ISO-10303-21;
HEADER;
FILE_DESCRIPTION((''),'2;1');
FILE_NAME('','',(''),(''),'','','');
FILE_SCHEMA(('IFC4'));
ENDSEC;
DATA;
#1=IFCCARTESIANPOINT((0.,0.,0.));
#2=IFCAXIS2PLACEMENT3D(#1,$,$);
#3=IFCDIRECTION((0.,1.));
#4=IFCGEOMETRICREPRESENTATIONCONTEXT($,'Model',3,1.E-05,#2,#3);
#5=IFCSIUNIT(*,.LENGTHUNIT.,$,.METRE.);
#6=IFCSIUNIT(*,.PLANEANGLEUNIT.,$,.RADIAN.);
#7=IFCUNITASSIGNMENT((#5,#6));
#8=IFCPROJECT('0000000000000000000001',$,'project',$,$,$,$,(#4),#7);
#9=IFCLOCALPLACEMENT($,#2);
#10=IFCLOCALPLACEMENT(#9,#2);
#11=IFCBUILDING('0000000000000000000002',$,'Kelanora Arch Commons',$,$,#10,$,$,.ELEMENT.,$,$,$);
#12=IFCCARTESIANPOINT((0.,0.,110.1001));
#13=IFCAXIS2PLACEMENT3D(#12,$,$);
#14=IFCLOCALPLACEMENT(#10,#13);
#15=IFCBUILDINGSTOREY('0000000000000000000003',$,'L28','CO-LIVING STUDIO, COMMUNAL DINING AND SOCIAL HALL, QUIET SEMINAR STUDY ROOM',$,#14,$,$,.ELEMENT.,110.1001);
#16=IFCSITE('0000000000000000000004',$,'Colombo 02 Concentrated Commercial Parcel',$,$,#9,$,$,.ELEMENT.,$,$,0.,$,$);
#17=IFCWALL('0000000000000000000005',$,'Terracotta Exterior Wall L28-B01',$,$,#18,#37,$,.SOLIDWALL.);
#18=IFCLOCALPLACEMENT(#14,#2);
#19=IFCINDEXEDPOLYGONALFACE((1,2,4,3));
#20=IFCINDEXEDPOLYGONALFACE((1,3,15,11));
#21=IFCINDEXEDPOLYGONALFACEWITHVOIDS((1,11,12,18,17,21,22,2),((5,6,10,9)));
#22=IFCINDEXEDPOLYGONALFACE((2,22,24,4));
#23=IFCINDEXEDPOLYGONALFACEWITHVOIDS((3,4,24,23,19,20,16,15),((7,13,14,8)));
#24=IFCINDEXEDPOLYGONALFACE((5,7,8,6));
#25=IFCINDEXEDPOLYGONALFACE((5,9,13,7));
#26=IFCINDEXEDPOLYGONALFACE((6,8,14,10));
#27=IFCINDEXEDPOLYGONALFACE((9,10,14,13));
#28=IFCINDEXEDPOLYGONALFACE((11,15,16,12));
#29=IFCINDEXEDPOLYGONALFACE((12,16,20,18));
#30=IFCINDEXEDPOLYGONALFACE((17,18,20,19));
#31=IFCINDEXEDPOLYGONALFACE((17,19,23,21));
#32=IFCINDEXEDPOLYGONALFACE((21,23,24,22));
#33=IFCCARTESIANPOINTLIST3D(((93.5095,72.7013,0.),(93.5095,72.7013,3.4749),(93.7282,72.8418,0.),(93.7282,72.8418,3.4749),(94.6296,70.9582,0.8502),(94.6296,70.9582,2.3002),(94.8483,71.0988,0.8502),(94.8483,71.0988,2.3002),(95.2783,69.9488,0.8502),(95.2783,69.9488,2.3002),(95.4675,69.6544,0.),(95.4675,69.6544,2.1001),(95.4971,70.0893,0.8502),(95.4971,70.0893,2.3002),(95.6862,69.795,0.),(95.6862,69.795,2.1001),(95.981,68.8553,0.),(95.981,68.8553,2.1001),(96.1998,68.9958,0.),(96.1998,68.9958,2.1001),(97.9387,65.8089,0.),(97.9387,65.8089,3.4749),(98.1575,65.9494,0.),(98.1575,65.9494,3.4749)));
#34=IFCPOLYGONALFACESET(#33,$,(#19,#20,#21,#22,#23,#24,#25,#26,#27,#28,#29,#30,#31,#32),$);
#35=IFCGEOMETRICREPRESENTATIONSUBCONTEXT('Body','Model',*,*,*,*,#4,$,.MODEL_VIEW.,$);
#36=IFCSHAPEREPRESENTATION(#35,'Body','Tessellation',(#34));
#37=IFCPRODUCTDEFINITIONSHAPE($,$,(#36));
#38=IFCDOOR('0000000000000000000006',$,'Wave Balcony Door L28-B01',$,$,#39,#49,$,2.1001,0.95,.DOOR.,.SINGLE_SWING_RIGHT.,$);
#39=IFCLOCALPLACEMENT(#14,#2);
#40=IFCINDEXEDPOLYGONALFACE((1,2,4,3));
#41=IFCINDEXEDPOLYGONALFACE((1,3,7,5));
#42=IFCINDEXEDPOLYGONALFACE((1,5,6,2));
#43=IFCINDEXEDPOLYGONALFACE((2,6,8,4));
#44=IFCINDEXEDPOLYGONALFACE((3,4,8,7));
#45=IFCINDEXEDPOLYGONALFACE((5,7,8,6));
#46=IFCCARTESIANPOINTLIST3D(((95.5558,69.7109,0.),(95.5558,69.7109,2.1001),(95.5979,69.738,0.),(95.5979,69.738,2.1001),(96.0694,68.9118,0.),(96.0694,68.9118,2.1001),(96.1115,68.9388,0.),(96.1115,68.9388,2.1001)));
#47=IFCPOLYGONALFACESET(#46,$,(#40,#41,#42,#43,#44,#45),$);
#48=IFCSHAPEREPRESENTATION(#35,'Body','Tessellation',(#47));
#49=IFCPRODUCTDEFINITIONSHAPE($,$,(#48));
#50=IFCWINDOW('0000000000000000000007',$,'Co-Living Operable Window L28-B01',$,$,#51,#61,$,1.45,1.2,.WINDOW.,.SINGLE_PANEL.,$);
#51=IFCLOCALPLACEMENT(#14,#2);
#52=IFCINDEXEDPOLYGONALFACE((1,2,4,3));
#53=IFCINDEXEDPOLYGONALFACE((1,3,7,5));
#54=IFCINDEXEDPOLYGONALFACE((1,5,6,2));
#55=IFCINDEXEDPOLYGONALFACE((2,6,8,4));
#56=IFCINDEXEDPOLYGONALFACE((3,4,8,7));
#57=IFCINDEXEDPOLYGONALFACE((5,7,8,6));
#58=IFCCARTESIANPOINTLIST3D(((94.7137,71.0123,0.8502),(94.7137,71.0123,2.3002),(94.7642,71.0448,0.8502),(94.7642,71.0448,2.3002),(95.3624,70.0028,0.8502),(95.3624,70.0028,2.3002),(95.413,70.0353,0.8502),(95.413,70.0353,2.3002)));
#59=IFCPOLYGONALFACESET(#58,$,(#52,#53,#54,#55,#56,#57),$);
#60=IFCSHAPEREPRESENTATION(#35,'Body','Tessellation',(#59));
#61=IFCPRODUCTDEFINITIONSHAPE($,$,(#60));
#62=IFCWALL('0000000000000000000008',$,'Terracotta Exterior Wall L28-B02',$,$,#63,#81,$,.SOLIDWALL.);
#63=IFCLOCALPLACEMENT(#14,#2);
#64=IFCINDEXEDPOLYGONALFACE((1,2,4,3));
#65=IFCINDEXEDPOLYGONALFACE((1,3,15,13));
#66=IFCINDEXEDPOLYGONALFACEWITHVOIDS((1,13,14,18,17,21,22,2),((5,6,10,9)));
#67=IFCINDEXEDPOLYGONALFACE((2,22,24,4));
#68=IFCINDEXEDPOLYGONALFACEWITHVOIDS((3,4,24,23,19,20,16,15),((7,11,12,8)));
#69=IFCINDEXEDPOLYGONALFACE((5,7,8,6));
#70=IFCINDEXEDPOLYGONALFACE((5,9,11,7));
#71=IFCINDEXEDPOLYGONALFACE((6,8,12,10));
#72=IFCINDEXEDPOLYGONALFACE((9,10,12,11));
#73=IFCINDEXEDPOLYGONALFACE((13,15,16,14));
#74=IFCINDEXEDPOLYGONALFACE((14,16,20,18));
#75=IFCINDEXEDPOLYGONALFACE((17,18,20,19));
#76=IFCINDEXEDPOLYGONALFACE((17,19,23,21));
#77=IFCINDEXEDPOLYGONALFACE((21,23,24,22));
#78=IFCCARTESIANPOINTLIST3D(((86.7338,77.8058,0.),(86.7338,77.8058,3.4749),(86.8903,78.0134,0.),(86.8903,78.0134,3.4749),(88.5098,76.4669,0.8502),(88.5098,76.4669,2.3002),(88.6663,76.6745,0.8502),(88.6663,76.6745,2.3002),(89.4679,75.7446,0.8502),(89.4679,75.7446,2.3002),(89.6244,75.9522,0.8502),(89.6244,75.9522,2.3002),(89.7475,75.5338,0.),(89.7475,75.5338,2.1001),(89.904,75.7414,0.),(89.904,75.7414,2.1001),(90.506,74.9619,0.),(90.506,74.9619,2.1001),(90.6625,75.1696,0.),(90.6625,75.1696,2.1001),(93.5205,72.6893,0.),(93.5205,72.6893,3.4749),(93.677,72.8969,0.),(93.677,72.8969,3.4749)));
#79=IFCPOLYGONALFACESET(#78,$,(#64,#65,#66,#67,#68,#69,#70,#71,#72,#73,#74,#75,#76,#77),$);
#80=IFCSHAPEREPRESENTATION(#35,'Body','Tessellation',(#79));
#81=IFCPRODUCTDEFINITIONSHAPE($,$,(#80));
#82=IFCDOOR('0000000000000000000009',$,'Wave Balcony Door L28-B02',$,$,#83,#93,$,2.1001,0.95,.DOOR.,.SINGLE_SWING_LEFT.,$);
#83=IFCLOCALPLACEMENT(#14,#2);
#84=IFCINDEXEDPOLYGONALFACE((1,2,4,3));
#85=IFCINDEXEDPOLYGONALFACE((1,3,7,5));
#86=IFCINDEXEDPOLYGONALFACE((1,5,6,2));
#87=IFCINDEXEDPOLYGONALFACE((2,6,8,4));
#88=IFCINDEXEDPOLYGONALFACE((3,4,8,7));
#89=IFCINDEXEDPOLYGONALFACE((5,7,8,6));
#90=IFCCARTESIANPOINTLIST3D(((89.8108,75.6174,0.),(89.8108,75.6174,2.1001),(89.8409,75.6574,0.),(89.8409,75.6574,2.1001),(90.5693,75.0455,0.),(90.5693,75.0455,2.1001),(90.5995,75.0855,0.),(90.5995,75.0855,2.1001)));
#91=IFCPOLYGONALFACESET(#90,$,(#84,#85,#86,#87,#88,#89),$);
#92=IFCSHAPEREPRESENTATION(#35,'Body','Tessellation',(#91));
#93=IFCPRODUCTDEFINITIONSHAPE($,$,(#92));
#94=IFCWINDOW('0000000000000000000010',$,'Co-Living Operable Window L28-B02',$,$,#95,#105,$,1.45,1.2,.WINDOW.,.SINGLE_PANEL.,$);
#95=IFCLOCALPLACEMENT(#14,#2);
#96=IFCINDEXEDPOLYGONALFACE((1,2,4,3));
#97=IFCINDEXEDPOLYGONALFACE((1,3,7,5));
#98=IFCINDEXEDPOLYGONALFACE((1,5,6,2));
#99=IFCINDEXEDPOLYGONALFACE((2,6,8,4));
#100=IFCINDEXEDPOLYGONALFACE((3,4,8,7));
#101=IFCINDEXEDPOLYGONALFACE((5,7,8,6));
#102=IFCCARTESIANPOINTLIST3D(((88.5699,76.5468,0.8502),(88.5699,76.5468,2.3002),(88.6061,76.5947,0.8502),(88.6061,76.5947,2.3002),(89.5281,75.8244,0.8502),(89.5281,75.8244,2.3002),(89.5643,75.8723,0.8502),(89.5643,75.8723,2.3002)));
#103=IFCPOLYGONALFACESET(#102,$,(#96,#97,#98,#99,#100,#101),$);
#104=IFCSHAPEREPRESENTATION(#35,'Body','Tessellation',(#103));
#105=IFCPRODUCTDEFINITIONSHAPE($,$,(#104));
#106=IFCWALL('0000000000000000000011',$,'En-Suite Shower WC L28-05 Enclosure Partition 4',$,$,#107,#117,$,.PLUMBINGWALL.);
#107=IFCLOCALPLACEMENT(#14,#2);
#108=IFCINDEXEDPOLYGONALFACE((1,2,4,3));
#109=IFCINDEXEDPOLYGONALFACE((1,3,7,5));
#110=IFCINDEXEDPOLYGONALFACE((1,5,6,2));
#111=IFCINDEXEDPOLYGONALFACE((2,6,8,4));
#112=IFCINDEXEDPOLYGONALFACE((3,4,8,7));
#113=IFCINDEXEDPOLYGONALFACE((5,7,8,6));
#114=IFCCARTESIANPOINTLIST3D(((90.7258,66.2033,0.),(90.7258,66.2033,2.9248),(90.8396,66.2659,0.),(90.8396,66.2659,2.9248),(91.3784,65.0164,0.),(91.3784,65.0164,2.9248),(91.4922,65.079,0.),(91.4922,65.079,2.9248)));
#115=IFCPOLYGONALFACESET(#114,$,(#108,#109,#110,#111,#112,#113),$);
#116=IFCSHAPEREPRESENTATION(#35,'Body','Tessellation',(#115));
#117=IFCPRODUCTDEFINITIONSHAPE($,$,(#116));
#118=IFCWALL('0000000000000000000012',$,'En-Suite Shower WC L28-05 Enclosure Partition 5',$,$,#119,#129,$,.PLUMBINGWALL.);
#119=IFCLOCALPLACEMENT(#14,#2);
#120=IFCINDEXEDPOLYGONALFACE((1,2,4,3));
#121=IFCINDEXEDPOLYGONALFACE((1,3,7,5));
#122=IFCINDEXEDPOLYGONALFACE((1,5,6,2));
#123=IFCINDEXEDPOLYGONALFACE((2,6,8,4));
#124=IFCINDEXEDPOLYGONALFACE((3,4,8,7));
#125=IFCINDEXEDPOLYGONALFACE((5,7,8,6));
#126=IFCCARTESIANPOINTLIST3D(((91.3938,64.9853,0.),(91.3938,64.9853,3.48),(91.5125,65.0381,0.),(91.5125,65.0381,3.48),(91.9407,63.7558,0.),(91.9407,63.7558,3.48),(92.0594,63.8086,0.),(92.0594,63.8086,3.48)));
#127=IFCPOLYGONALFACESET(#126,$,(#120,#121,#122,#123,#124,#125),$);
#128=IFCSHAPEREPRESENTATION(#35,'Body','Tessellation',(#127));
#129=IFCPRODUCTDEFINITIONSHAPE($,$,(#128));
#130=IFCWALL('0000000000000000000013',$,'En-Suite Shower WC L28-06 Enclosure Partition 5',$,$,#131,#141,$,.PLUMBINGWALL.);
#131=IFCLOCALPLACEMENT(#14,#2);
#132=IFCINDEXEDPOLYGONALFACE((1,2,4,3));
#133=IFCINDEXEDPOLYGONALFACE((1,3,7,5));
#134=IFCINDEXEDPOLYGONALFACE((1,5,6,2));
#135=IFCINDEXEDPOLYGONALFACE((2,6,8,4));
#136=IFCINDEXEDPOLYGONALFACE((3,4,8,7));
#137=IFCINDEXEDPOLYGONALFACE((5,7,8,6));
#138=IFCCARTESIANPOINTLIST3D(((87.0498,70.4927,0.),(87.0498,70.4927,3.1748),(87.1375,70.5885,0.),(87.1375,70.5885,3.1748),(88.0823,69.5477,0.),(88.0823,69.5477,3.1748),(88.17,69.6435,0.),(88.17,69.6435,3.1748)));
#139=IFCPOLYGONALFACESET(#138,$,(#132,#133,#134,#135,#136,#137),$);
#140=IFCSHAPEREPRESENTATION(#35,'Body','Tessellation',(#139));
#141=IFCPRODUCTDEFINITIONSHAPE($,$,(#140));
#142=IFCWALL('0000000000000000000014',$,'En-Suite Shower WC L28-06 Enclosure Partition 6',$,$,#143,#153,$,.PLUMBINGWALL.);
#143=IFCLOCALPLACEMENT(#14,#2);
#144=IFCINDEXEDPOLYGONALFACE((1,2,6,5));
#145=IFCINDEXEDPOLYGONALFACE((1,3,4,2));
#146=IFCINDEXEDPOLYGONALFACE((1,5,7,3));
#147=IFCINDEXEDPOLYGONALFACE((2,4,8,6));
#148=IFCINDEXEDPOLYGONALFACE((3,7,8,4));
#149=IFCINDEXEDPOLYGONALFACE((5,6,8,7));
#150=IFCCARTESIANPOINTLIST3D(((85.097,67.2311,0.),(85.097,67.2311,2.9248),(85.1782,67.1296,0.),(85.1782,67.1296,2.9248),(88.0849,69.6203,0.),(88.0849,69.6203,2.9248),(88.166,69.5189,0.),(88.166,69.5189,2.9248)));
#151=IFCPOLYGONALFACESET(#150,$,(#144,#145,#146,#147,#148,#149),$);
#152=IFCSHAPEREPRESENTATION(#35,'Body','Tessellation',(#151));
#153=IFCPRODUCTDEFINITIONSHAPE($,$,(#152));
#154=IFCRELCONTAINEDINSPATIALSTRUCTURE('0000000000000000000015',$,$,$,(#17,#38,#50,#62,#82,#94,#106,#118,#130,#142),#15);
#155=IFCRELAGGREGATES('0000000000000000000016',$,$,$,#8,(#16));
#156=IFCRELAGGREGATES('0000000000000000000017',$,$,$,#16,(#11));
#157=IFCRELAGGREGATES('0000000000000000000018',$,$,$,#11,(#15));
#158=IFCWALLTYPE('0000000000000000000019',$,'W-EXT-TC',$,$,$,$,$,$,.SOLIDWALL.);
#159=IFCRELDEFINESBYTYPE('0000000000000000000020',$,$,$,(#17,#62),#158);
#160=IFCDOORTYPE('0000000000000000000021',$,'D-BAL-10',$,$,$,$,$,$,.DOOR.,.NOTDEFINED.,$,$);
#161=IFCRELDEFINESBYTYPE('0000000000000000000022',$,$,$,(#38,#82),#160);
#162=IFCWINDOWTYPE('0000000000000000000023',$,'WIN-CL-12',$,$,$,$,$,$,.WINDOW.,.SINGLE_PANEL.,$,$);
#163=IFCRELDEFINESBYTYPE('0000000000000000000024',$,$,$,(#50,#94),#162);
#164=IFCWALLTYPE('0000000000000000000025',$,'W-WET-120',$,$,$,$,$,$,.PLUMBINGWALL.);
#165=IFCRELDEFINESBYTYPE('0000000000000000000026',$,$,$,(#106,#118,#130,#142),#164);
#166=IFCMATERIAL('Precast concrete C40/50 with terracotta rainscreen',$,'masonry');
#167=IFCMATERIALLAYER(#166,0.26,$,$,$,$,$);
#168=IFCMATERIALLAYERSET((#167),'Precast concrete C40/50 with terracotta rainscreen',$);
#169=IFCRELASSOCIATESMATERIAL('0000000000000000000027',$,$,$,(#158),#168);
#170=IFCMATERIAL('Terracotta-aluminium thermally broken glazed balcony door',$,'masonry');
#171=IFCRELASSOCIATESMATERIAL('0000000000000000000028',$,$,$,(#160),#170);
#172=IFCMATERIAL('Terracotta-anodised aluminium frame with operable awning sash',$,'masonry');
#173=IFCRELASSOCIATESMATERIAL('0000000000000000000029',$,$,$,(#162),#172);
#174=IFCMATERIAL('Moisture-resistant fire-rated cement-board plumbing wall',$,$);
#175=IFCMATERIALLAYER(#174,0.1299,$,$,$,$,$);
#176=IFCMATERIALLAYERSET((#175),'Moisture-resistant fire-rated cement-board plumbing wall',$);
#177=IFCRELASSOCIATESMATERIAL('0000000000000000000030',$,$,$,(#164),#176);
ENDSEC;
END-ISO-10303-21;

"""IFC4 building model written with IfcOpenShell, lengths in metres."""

from ifc_helpers import new_model, si_unit, direction, frame, frame_2d, origin, place, context, subcontext, project, spatial, rectangle, extrude, material, layer, layer_set, type_object, element, fill, save


model = new_model("IFC4")

# Units and contexts
model_context = context("Model", 3, precision=1e-05, world=origin(), true_north=direction((0.0, 1.0)))
body_context = subcontext(model_context, "Body", "Model", "MODEL_VIEW")
ifc_project = project(units=[si_unit("LENGTHUNIT", "METRE"), si_unit("PLANEANGLEUNIT", "RADIAN")], contexts=[model_context])

# Site, building, storey
site_placement = place(None, origin())
site = spatial("IfcSite", under=ifc_project, at=site_placement, Name="Colombo 02 Concentrated Commercial Parcel", CompositionType="ELEMENT", RefElevation=0.0)
building_placement = place(site_placement, origin())
building = spatial("IfcBuilding", under=site, at=building_placement, Name="Kelanora Arch Commons", CompositionType="ELEMENT")
storey_placement = place(building_placement, frame((0.0, 0.0, 110.1001)))
storey = spatial("IfcBuildingStorey", under=building, at=storey_placement, Name="L28", Description="CO-LIVING STUDIO, COMMUNAL DINING AND SOCIAL HALL, QUIET SEMINAR STUDY ROOM", CompositionType="ELEMENT", Elevation=110.1001)

# Walls, openings, doors, windows
ifc_material_1 = material(Name="Precast concrete C40/50 with terracotta rainscreen", Category="masonry")
ifc_layer_1 = layer(ifc_material_1, 0.26)
ifc_layer_set_1 = layer_set([ifc_layer_1], Name="Precast concrete C40/50 with terracotta rainscreen")
wall_type_1 = type_object("IfcWallType", Name="W-EXT-TC", PredefinedType="SOLIDWALL", material=ifc_layer_set_1)
wall_1_placement = place(storey_placement, frame((98.0481, 65.8792, 0.0), z_axis=(0.0, 0.0, 1.0), x_axis=(-0.540621, 0.841267, 0.0)))
wall_1 = element("IfcWall", 1, at=wall_1_placement, inside=storey, type_object=wall_type_1, Name="Terracotta Exterior Wall L28-B01", PredefinedType="SOLIDWALL", context=body_context, shape_type="SweptSolid", body=[
    extrude(rectangle(XDim=8.1929, YDim=0.26, at=frame_2d((4.0964, 0.0))), origin(), (0.0, 0.0, 1.0), 3.4749),
])
opening_1_placement = place(wall_1_placement, frame((3.6211, 0.0, 0.0)))
opening_1 = element("IfcOpeningElement", 2, at=opening_1_placement, cuts=wall_1, PredefinedType="OPENING", context=body_context, shape_type="SweptSolid", body=[
    extrude(rectangle(XDim=0.95, YDim=2.1001, at=frame_2d((0.4751, 1.05))), frame((0.0, 0.1401, 0.0), z_axis=(0.0, -1.0, 0.0), x_axis=(1.0, 0.0, 0.0)), (0.0, 0.0, 1.0), 0.28),
])
opening_2_placement = place(wall_1_placement, frame((4.9209, 0.0, 0.8501)))
opening_2 = element("IfcOpeningElement", 3, at=opening_2_placement, cuts=wall_1, PredefinedType="OPENING", context=body_context, shape_type="SweptSolid", body=[
    extrude(rectangle(XDim=1.2, YDim=1.45, at=frame_2d((0.6001, 0.7251))), frame((0.0, 0.1401, 0.0), z_axis=(0.0, -1.0, 0.0), x_axis=(1.0, 0.0, 0.0)), (0.0, 0.0, 1.0), 0.28),
])
ifc_material_2 = material(Name="Terracotta-aluminium thermally broken glazed balcony door", Category="masonry")
door_type_1 = type_object("IfcDoorType", Name="D-BAL-10", OperationType="NOTDEFINED", PredefinedType="DOOR", material=ifc_material_2)
door_1_placement = place(opening_1_placement, frame((0.95, 0.0, 0.0), z_axis=(0.0, 0.0, 1.0), x_axis=(-1.0, 0.0, 0.0)))
door_1 = element("IfcDoor", 4, at=door_1_placement, inside=storey, type_object=door_type_1, Name="Wave Balcony Door L28-B01", OperationType="SINGLE_SWING_RIGHT", OverallHeight=2.1001, OverallWidth=0.95, PredefinedType="DOOR", context=body_context, shape_type="SweptSolid", body=[
    extrude(rectangle(XDim=0.95, YDim=2.1001, at=frame_2d((0.4751, 1.05))), frame((0.0, 0.0249, 0.0), z_axis=(0.0, -1.0, 0.0), x_axis=(1.0, 0.0, 0.0)), (0.0, 0.0, 1.0), 0.05),
])
fill(opening_1, door_1)
ifc_material_3 = material(Name="Terracotta-anodised aluminium frame with operable awning sash", Category="masonry")
window_type = type_object("IfcWindowType", Name="WIN-CL-12", PartitioningType="SINGLE_PANEL", PredefinedType="WINDOW", material=ifc_material_3)
window_1_placement = place(opening_2_placement, origin())
window_1 = element("IfcWindow", 5, at=window_1_placement, inside=storey, type_object=window_type, Name="Co-Living Operable Window L28-B01", OverallHeight=1.45, OverallWidth=1.2, PartitioningType="SINGLE_PANEL", PredefinedType="WINDOW", context=body_context, shape_type="SweptSolid", body=[
    extrude(rectangle(XDim=1.2, YDim=1.45, at=frame_2d((0.6001, 0.7251))), frame((0.0, 0.03, 0.0), z_axis=(0.0, -1.0, 0.0), x_axis=(1.0, 0.0, 0.0)), (0.0, 0.0, 1.0), 0.0601),
])
fill(opening_2, window_1)
wall_2_placement = place(storey_placement, frame((93.5986, 72.7932, 0.0), z_axis=(0.0, 0.0, 1.0), x_axis=(-0.798502, 0.601993, 0.0)))
wall_2 = element("IfcWall", 6, at=wall_2_placement, inside=storey, type_object=wall_type_1, Name="Terracotta Exterior Wall L28-B02", PredefinedType="SOLIDWALL", context=body_context, shape_type="SweptSolid", body=[
    extrude(rectangle(XDim=8.4993, YDim=0.26, at=frame_2d((4.2495, 0.0))), origin(), (0.0, 0.0, 1.0), 3.4749),
])
opening_3_placement = place(wall_2_placement, frame((3.7749, 0.0, 0.0)))
opening_3 = element("IfcOpeningElement", 7, at=opening_3_placement, cuts=wall_2, PredefinedType="OPENING", context=body_context, shape_type="SweptSolid", body=[
    extrude(rectangle(XDim=0.95, YDim=2.1001, at=frame_2d((0.4751, 1.05))), frame((0.0, 0.1401, 0.0), z_axis=(0.0, -1.0, 0.0), x_axis=(1.0, 0.0, 0.0)), (0.0, 0.0, 1.0), 0.28),
])
opening_4_placement = place(wall_2_placement, frame((5.075, 0.0, 0.8501)))
opening_4 = element("IfcOpeningElement", 8, at=opening_4_placement, cuts=wall_2, PredefinedType="OPENING", context=body_context, shape_type="SweptSolid", body=[
    extrude(rectangle(XDim=1.2, YDim=1.45, at=frame_2d((0.6001, 0.7251))), frame((0.0, 0.1401, 0.0), z_axis=(0.0, -1.0, 0.0), x_axis=(1.0, 0.0, 0.0)), (0.0, 0.0, 1.0), 0.28),
])
door_2_placement = place(opening_3_placement, frame((0.95, 0.0, 0.0), z_axis=(0.0, 0.0, 1.0), x_axis=(-1.0, 0.0, 0.0)))
door_2 = element("IfcDoor", 9, at=door_2_placement, inside=storey, type_object=door_type_1, Name="Wave Balcony Door L28-B02", OperationType="SINGLE_SWING_LEFT", OverallHeight=2.1001, OverallWidth=0.95, PredefinedType="DOOR", context=body_context, shape_type="SweptSolid", body=[
    extrude(rectangle(XDim=0.95, YDim=2.1001, at=frame_2d((0.4751, 1.05))), frame((0.0, 0.0249, 0.0), z_axis=(0.0, -1.0, 0.0), x_axis=(1.0, 0.0, 0.0)), (0.0, 0.0, 1.0), 0.05),
])
fill(opening_3, door_2)
window_2_placement = place(opening_4_placement, origin())
window_2 = element("IfcWindow", 10, at=window_2_placement, inside=storey, type_object=window_type, Name="Co-Living Operable Window L28-B02", OverallHeight=1.45, OverallWidth=1.2, PartitioningType="SINGLE_PANEL", PredefinedType="WINDOW", context=body_context, shape_type="SweptSolid", body=[
    extrude(rectangle(XDim=1.2, YDim=1.45, at=frame_2d((0.6001, 0.7251))), frame((0.0, 0.03, 0.0), z_axis=(0.0, -1.0, 0.0), x_axis=(1.0, 0.0, 0.0)), (0.0, 0.0, 1.0), 0.0601),
])
fill(opening_4, window_2)

# Walls
ifc_material_4 = material(Name="Moisture-resistant fire-rated cement-board plumbing wall")
ifc_layer_2 = layer(ifc_material_4, 0.1299)
ifc_layer_set_2 = layer_set([ifc_layer_2], Name="Moisture-resistant fire-rated cement-board plumbing wall")
wall_type_2 = type_object("IfcWallType", Name="W-WET-120", PredefinedType="PLUMBINGWALL", material=ifc_layer_set_2)
wall_3_placement = place(storey_placement, frame((90.7827, 66.2346, 0.0), z_axis=(0.0, 0.0, 1.0), x_axis=(0.481767, -0.8763, 0.0)))
element("IfcWall", 11, at=wall_3_placement, inside=storey, type_object=wall_type_2, Name="En-Suite Shower WC L28-05 Enclosure Partition 4", PredefinedType="PLUMBINGWALL", context=body_context, shape_type="SweptSolid", body=[
    extrude(rectangle(XDim=1.3545, YDim=0.1299, at=frame_2d((0.6772, 0.0))), origin(), (0.0, 0.0, 1.0), 2.9248),
])
wall_4_placement = place(storey_placement, frame((91.4531, 65.0117, 0.0), z_axis=(0.0, 0.0, 1.0), x_axis=(0.406408, -0.913692, 0.0)))
element("IfcWall", 12, at=wall_4_placement, inside=storey, type_object=wall_type_2, Name="En-Suite Shower WC L28-05 Enclosure Partition 5", PredefinedType="PLUMBINGWALL", context=body_context, shape_type="SweptSolid", body=[
    extrude(rectangle(XDim=1.3457, YDim=0.1299, at=frame_2d((0.6729, 0.0))), origin(), (0.0, 0.0, 1.0), 3.48),
])
wall_5_placement = place(storey_placement, frame((87.0938, 70.5405, 0.0), z_axis=(0.0, 0.0, 1.0), x_axis=(0.737639, -0.675195, 0.0)))
element("IfcWall", 13, at=wall_5_placement, inside=storey, type_object=wall_type_2, Name="En-Suite Shower WC L28-06 Enclosure Partition 5", PredefinedType="PLUMBINGWALL", context=body_context, shape_type="SweptSolid", body=[
    extrude(rectangle(XDim=1.3997, YDim=0.1299, at=frame_2d((0.6997, 0.0))), origin(), (0.0, 0.0, 1.0), 3.1748),
])
wall_6_placement = place(storey_placement, frame((88.1255, 69.5696, 0.0), z_axis=(0.0, 0.0, 1.0), x_axis=(-0.781006, -0.624524, 0.0)))
element("IfcWall", 14, at=wall_6_placement, inside=storey, type_object=wall_type_2, Name="En-Suite Shower WC L28-06 Enclosure Partition 6", PredefinedType="PLUMBINGWALL", context=body_context, shape_type="SweptSolid", body=[
    extrude(rectangle(XDim=3.8257, YDim=0.1299, at=frame_2d((1.9128, 0.0))), origin(), (0.0, 0.0, 1.0), 2.9248),
])

save(model, "model.ifc")
